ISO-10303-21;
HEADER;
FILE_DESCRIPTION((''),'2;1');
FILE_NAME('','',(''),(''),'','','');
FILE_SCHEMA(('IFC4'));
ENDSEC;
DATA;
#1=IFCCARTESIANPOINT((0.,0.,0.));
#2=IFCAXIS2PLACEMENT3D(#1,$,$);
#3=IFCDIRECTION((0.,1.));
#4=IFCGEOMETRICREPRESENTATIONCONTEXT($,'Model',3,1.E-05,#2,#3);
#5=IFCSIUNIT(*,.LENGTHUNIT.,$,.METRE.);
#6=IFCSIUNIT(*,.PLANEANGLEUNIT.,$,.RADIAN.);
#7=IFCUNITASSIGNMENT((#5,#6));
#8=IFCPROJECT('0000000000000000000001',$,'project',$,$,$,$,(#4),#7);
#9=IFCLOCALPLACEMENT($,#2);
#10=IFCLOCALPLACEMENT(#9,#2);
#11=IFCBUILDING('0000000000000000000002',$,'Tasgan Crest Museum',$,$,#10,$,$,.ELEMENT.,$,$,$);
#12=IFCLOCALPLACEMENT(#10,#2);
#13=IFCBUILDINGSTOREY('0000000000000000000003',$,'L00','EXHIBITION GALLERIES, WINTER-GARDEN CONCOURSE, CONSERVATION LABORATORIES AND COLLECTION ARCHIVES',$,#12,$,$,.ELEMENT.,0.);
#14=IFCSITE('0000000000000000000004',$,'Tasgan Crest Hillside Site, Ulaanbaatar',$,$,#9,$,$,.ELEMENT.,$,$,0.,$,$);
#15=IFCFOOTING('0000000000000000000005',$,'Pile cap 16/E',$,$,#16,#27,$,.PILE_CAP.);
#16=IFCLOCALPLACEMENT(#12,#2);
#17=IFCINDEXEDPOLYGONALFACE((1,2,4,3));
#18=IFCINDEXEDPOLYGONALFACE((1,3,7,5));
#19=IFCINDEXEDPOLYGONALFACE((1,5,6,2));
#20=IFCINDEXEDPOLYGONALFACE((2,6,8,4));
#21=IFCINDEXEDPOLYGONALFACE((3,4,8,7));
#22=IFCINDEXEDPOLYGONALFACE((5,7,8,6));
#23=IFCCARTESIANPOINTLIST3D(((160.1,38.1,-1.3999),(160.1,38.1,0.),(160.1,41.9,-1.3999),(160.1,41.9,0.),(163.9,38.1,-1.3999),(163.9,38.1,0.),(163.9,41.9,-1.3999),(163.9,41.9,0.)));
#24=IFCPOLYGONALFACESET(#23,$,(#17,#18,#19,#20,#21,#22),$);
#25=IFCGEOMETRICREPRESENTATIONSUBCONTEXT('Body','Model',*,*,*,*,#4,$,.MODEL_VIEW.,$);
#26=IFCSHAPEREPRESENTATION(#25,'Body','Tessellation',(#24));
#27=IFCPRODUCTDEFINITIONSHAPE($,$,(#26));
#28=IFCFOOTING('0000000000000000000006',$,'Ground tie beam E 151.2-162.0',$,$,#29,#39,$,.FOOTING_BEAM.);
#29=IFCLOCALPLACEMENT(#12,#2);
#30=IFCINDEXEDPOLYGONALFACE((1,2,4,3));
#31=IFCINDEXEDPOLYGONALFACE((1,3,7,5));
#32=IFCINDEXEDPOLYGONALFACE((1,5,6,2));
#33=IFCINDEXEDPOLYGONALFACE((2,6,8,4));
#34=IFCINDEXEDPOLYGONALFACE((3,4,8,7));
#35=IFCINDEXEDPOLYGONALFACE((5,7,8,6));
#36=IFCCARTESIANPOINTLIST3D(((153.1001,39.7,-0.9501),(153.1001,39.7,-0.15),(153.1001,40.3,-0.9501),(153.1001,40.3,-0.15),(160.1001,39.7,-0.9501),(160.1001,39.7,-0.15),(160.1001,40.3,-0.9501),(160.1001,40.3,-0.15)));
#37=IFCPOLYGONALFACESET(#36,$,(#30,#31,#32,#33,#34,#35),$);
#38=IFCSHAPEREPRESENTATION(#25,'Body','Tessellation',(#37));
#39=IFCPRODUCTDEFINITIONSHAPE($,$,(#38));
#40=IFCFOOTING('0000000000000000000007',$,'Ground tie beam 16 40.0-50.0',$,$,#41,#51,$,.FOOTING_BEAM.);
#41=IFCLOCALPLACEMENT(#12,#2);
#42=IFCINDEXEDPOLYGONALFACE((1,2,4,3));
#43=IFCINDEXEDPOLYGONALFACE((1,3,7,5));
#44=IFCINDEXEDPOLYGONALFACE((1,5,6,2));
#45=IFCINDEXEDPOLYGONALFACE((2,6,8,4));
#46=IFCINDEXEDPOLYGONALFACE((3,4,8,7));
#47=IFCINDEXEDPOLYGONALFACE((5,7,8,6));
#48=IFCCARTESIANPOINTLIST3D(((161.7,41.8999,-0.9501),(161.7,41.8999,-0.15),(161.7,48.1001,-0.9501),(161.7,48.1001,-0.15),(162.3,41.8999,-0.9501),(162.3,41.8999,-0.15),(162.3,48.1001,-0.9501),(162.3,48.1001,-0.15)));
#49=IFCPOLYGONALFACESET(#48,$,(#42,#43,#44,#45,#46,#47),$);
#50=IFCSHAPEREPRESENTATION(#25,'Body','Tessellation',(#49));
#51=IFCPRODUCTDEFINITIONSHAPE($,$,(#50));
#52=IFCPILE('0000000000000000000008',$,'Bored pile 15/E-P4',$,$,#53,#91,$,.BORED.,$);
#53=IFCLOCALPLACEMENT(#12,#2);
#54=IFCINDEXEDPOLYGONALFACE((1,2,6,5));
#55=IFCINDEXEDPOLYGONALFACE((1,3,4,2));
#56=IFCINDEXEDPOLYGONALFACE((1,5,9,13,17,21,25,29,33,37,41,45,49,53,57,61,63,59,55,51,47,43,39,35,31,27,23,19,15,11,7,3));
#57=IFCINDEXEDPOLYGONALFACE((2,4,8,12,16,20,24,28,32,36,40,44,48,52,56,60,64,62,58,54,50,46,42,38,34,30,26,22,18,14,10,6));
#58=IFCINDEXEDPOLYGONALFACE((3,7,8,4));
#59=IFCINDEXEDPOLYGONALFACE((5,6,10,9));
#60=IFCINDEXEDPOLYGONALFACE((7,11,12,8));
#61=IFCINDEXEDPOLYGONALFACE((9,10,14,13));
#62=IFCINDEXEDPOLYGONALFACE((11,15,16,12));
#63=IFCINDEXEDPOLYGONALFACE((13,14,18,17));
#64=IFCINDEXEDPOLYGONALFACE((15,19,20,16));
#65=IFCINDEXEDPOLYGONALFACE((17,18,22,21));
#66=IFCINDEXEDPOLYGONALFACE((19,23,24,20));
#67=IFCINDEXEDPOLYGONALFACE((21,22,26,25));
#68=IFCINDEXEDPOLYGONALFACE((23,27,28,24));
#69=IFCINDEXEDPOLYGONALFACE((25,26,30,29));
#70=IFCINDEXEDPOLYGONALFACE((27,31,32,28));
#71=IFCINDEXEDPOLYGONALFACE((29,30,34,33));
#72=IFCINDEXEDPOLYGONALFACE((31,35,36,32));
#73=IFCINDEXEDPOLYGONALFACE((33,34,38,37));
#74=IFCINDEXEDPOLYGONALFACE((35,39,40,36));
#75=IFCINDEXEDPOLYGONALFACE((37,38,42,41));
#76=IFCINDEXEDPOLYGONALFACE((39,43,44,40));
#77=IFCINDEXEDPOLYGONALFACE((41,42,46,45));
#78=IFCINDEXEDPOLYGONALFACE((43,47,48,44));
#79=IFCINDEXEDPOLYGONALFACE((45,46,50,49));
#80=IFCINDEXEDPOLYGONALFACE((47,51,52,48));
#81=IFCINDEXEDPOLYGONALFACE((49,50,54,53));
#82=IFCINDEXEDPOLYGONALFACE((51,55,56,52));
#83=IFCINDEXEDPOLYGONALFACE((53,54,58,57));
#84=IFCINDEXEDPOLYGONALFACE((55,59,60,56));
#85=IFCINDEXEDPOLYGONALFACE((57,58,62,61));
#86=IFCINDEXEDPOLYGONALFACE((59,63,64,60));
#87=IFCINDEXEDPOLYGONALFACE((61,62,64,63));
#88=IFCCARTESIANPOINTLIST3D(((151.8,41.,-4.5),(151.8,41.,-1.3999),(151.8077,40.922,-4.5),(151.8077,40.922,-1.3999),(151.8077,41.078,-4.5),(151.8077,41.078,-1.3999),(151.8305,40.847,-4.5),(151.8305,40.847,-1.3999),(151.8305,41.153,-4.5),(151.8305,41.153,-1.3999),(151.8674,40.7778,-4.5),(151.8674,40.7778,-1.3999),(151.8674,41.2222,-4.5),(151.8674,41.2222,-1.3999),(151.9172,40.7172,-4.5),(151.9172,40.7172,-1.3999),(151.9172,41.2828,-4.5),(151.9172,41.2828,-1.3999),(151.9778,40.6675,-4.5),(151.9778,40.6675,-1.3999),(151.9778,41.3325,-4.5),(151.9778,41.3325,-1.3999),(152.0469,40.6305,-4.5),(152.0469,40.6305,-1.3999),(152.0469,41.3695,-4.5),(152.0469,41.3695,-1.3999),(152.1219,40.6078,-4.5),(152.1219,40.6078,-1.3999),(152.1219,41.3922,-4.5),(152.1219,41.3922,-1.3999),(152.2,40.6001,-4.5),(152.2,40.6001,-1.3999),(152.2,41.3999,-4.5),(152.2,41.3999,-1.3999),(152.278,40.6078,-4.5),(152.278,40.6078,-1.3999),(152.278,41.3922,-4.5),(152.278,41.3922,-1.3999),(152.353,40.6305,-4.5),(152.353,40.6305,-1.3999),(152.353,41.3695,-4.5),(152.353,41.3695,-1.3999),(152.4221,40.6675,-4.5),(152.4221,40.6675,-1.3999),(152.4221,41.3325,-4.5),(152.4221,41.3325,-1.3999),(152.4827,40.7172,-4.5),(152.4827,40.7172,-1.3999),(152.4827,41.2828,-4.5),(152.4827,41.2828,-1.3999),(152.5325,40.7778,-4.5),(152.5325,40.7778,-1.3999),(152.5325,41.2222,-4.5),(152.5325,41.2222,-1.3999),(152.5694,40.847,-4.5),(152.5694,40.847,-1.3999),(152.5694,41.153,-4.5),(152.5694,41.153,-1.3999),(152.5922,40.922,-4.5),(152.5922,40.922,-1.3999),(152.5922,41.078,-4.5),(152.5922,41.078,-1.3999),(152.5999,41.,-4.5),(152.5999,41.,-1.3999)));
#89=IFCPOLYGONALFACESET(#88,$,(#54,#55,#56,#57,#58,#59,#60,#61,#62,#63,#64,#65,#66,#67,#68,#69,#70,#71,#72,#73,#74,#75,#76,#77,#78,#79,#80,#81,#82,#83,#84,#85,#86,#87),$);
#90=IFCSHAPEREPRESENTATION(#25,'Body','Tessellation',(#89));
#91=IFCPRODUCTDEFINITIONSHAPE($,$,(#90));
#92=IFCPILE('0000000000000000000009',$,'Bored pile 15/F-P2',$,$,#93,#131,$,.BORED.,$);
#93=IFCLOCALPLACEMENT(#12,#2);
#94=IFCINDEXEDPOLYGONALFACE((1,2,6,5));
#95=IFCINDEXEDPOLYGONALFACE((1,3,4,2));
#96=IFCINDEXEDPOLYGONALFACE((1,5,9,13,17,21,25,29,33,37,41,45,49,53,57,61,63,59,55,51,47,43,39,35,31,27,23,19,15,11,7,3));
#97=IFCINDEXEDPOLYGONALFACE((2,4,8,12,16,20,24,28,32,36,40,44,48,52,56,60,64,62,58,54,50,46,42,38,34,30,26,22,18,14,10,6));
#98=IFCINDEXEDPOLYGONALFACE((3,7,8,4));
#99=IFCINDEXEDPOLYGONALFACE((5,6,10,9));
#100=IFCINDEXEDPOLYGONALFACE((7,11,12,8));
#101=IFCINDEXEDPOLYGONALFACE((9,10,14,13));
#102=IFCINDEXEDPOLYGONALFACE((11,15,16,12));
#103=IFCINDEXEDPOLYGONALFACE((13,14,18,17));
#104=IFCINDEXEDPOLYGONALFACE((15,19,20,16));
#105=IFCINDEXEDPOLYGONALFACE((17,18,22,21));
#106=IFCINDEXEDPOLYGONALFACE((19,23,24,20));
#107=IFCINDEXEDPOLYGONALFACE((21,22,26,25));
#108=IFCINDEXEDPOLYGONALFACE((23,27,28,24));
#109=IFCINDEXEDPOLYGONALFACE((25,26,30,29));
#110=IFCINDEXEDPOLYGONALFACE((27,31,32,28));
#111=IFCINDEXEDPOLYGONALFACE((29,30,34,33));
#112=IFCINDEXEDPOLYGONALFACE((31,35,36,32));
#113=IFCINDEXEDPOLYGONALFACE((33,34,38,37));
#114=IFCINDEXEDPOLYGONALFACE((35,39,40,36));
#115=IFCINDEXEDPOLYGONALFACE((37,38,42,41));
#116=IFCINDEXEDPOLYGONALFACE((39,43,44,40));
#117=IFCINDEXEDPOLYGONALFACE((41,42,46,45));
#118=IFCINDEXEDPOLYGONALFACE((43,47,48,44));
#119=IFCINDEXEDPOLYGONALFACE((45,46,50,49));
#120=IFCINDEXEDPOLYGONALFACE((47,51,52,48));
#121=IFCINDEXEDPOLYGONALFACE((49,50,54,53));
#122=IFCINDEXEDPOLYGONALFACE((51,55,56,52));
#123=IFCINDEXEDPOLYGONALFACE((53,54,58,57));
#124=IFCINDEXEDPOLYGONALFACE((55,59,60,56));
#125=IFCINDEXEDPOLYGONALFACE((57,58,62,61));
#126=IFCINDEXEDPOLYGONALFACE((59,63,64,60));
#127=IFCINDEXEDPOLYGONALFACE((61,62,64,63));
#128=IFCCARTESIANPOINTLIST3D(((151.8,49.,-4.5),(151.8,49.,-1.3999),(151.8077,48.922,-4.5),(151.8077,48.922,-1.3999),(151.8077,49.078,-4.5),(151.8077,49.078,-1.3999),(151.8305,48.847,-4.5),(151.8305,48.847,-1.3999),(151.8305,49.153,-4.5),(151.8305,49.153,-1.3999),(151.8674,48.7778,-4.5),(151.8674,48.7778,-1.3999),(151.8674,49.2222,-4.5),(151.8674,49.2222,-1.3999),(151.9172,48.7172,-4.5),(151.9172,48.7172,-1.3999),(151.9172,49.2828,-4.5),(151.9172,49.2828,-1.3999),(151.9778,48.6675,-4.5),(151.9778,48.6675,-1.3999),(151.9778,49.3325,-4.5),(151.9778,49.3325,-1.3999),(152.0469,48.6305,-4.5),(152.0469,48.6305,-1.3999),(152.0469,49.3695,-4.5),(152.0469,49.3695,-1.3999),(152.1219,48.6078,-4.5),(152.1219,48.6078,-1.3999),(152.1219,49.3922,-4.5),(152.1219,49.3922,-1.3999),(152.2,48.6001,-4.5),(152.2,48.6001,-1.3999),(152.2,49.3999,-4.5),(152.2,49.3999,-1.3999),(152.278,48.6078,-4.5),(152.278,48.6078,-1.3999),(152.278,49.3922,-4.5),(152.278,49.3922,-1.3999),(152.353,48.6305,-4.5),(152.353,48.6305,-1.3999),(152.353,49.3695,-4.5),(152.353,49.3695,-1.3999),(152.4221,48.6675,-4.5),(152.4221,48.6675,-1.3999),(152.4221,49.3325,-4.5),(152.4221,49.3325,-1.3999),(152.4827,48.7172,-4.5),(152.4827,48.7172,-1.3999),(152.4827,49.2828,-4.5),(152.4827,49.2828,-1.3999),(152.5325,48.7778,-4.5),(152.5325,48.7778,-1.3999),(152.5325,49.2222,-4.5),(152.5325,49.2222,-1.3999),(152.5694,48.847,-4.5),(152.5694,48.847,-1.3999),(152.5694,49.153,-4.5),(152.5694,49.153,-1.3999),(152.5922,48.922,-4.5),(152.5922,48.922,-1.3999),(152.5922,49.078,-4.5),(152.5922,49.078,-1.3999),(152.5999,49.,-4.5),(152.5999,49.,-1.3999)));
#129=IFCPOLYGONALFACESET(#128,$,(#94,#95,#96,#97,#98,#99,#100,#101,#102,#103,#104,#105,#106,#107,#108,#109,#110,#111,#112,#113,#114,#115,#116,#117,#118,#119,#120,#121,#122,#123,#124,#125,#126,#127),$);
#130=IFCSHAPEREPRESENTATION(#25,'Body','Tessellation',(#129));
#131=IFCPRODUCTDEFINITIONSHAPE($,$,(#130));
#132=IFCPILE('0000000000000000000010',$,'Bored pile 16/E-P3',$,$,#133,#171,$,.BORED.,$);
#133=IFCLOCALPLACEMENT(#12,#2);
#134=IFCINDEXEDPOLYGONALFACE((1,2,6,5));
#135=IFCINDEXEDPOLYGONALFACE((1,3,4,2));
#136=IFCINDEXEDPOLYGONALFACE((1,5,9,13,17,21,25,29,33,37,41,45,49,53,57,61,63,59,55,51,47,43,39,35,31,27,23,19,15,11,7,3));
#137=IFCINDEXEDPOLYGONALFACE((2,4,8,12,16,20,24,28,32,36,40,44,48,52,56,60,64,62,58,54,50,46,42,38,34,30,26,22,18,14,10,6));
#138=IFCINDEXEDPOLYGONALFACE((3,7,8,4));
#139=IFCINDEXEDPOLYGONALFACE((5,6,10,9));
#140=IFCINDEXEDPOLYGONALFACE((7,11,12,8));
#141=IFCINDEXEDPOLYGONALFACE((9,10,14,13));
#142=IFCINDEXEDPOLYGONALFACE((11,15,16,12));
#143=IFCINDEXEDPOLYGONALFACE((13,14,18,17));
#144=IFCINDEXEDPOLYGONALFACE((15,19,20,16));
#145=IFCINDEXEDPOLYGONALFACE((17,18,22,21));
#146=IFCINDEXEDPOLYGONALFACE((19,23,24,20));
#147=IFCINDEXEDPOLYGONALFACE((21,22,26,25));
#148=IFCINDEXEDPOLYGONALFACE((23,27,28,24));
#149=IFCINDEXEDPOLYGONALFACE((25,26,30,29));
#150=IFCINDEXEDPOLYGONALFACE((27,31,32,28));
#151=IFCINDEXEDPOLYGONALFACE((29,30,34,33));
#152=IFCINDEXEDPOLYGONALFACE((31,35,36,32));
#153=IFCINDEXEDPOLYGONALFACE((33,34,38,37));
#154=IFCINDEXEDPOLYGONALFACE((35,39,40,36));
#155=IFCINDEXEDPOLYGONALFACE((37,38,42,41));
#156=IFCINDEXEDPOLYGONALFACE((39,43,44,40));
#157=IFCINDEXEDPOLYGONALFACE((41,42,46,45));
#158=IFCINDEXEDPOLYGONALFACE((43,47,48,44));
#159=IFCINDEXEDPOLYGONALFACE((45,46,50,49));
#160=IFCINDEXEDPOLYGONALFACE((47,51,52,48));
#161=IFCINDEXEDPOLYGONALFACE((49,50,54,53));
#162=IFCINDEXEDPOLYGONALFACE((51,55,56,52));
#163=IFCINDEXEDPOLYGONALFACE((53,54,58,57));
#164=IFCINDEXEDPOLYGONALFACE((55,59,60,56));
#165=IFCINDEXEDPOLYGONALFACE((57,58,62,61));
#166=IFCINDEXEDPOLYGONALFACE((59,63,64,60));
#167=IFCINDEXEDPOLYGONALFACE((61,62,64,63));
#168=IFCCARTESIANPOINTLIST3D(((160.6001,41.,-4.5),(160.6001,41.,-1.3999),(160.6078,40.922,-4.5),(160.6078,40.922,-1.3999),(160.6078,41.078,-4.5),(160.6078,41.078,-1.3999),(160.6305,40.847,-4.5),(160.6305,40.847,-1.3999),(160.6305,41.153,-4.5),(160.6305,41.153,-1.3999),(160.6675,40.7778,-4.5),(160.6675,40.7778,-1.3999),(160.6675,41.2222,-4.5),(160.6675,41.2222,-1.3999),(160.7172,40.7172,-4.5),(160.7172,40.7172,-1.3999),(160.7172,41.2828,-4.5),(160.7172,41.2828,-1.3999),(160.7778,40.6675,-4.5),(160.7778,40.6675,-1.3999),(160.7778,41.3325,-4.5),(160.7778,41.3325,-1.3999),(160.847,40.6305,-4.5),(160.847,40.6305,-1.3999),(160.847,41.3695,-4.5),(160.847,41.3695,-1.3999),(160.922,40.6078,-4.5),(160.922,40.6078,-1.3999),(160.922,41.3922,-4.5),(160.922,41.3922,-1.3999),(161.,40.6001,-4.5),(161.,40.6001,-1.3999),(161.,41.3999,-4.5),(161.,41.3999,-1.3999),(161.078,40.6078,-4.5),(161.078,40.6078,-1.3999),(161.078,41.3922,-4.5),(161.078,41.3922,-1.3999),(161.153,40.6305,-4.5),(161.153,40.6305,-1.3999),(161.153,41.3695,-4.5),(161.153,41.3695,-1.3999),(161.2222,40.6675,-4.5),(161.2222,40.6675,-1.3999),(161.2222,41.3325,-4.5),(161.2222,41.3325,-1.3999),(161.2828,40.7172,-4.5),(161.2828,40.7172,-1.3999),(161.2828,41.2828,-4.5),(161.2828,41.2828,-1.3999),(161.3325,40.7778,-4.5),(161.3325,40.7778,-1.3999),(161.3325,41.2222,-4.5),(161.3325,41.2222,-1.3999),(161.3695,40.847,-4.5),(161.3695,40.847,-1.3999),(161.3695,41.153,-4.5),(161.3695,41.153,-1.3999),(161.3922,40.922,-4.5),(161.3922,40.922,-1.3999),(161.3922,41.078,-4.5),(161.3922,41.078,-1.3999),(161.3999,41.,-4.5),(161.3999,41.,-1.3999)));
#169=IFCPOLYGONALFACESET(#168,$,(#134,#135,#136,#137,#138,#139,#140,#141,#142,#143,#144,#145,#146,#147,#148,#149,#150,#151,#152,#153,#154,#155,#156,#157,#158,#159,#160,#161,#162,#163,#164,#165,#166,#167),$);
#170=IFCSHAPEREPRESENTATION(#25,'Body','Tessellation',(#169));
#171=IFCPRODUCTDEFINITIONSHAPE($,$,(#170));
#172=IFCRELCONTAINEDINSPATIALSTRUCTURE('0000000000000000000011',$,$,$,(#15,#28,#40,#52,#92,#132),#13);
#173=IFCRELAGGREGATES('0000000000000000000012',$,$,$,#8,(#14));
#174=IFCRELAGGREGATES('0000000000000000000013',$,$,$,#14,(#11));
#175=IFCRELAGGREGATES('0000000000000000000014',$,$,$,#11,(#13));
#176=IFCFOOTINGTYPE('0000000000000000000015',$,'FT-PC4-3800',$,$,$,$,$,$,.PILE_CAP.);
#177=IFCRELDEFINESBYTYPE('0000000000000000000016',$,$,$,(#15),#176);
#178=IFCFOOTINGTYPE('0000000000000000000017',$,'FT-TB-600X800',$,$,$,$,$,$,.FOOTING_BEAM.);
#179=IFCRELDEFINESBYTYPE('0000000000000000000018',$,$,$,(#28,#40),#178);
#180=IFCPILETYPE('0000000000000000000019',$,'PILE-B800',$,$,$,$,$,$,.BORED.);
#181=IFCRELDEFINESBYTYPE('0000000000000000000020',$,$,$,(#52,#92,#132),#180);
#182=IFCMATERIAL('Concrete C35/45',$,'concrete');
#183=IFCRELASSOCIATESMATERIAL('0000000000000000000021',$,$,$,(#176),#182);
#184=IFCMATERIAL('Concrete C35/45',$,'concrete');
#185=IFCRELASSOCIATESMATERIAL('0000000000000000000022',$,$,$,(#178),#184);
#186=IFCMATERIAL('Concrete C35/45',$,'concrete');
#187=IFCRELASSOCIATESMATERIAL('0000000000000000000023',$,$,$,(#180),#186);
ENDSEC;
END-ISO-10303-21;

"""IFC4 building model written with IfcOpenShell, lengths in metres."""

from ifc_helpers import new_model, si_unit, direction, frame, origin, origin_2d, place, context, subcontext, project, spatial, rectangle, circle, extrude, material, material_profile, profile_set, type_object, element, save


model = new_model("IFC4")

# Units and contexts
model_context = context("Model", 3, precision=1e-05, world=origin(), true_north=direction((0.0, 1.0)))
body_context = subcontext(model_context, "Body", "Model", "MODEL_VIEW")
ifc_project = project(units=[si_unit("LENGTHUNIT", "METRE"), si_unit("PLANEANGLEUNIT", "RADIAN")], contexts=[model_context])

# Site, building, storey
site_placement = place(None, origin())
site = spatial("IfcSite", under=ifc_project, at=site_placement, Name="Tasgan Crest Hillside Site, Ulaanbaatar", CompositionType="ELEMENT", RefElevation=0.0)
building_placement = place(site_placement, origin())
building = spatial("IfcBuilding", under=site, at=building_placement, Name="Tasgan Crest Museum", CompositionType="ELEMENT")
storey_placement = place(building_placement, origin())
storey = spatial("IfcBuildingStorey", under=building, at=storey_placement, Name="L00", Description="EXHIBITION GALLERIES, WINTER-GARDEN CONCOURSE, CONSERVATION LABORATORIES AND COLLECTION ARCHIVES", CompositionType="ELEMENT", Elevation=0.0)

# Footings
ifc_material_1 = material(Name="Concrete C35/45", Category="concrete")
footing_type_1 = type_object("IfcFootingType", Name="FT-PC4-3800", PredefinedType="PILE_CAP", material=ifc_material_1)
footing_1_placement = place(storey_placement, frame((162.0, 40.0, -1.3999), z_axis=(0.0, 0.0, 1.0), x_axis=(1.0, 0.0, 0.0)))
element("IfcFooting", 1, at=footing_1_placement, inside=storey, type_object=footing_type_1, Name="Pile cap 16/E", PredefinedType="PILE_CAP", context=body_context, shape_type="SweptSolid", body=[
    extrude(rectangle(XDim=3.8, YDim=3.8, at=origin_2d()), origin(), (0.0, 0.0, 1.0), 1.3999),
])
ifc_material_2 = material(Name="Concrete C35/45", Category="concrete")
ifc_material_profile_1 = material_profile(ifc_material_2, rectangle(XDim=0.6001, YDim=0.8, at=origin_2d()), Name="TB 600x800")
ifc_profile_set_1 = profile_set([ifc_material_profile_1], Name="Concrete C35/45")
footing_type_2 = type_object("IfcFootingType", Name="FT-TB-600X800", PredefinedType="FOOTING_BEAM", material=ifc_profile_set_1)
footing_2_placement = place(storey_placement, frame((153.1001, 40.0, -0.55), z_axis=(1.0, 0.0, 0.0), x_axis=(0.0, 1.0, 0.0)))
element("IfcFooting", 2, at=footing_2_placement, inside=storey, type_object=footing_type_2, Name="Ground tie beam E 151.2-162.0", PredefinedType="FOOTING_BEAM", context=body_context, shape_type="SweptSolid", body=[
    extrude(rectangle(XDim=0.6001, YDim=0.8, at=origin_2d()), origin(), (0.0, 0.0, 1.0), 7.0),
])
footing_3_placement = place(storey_placement, frame((162.0, 41.8999, -0.55), z_axis=(0.0, 1.0, 0.0), x_axis=(-1.0, 0.0, 0.0)))
element("IfcFooting", 3, at=footing_3_placement, inside=storey, type_object=footing_type_2, Name="Ground tie beam 16 40.0-50.0", PredefinedType="FOOTING_BEAM", context=body_context, shape_type="SweptSolid", body=[
    extrude(rectangle(XDim=0.6001, YDim=0.8, at=origin_2d()), origin(), (0.0, 0.0, 1.0), 6.2002),
])

# Piles
ifc_material_3 = material(Name="Concrete C35/45", Category="concrete")
ifc_material_profile_2 = material_profile(ifc_material_3, circle(Radius=0.3999, at=origin_2d()), Name="PILE D800")
ifc_profile_set_2 = profile_set([ifc_material_profile_2], Name="Concrete C35/45")
pile_type = type_object("IfcPileType", Name="PILE-B800", PredefinedType="BORED", material=ifc_profile_set_2)
for number, where, z_axis, x_axis, name in (
    (4, (152.2, 41.0, -1.3999), (0.0, 0.0, -1.0), (1.0, 0.0, 0.0), "Bored pile 15/E-P4"),
    (5, (152.2, 49.0, -1.3999), (0.0, 0.0, -1.0), (1.0, 0.0, 0.0), "Bored pile 15/F-P2"),
    (6, (161.0, 41.0, -1.3999), (0.0, 0.0, -1.0), (1.0, 0.0, 0.0), "Bored pile 16/E-P3"),
):
    element("IfcPile", number, at=place(storey_placement, frame(where, z_axis=z_axis, x_axis=x_axis)), inside=storey, type_object=pile_type, Name=name, PredefinedType="BORED", context=body_context, shape_type="SweptSolid", body=[
        extrude(circle(Radius=0.3999, at=origin_2d()), origin(), (0.0, 0.0, 1.0), 3.1001),
    ])

save(model, "model.ifc")
